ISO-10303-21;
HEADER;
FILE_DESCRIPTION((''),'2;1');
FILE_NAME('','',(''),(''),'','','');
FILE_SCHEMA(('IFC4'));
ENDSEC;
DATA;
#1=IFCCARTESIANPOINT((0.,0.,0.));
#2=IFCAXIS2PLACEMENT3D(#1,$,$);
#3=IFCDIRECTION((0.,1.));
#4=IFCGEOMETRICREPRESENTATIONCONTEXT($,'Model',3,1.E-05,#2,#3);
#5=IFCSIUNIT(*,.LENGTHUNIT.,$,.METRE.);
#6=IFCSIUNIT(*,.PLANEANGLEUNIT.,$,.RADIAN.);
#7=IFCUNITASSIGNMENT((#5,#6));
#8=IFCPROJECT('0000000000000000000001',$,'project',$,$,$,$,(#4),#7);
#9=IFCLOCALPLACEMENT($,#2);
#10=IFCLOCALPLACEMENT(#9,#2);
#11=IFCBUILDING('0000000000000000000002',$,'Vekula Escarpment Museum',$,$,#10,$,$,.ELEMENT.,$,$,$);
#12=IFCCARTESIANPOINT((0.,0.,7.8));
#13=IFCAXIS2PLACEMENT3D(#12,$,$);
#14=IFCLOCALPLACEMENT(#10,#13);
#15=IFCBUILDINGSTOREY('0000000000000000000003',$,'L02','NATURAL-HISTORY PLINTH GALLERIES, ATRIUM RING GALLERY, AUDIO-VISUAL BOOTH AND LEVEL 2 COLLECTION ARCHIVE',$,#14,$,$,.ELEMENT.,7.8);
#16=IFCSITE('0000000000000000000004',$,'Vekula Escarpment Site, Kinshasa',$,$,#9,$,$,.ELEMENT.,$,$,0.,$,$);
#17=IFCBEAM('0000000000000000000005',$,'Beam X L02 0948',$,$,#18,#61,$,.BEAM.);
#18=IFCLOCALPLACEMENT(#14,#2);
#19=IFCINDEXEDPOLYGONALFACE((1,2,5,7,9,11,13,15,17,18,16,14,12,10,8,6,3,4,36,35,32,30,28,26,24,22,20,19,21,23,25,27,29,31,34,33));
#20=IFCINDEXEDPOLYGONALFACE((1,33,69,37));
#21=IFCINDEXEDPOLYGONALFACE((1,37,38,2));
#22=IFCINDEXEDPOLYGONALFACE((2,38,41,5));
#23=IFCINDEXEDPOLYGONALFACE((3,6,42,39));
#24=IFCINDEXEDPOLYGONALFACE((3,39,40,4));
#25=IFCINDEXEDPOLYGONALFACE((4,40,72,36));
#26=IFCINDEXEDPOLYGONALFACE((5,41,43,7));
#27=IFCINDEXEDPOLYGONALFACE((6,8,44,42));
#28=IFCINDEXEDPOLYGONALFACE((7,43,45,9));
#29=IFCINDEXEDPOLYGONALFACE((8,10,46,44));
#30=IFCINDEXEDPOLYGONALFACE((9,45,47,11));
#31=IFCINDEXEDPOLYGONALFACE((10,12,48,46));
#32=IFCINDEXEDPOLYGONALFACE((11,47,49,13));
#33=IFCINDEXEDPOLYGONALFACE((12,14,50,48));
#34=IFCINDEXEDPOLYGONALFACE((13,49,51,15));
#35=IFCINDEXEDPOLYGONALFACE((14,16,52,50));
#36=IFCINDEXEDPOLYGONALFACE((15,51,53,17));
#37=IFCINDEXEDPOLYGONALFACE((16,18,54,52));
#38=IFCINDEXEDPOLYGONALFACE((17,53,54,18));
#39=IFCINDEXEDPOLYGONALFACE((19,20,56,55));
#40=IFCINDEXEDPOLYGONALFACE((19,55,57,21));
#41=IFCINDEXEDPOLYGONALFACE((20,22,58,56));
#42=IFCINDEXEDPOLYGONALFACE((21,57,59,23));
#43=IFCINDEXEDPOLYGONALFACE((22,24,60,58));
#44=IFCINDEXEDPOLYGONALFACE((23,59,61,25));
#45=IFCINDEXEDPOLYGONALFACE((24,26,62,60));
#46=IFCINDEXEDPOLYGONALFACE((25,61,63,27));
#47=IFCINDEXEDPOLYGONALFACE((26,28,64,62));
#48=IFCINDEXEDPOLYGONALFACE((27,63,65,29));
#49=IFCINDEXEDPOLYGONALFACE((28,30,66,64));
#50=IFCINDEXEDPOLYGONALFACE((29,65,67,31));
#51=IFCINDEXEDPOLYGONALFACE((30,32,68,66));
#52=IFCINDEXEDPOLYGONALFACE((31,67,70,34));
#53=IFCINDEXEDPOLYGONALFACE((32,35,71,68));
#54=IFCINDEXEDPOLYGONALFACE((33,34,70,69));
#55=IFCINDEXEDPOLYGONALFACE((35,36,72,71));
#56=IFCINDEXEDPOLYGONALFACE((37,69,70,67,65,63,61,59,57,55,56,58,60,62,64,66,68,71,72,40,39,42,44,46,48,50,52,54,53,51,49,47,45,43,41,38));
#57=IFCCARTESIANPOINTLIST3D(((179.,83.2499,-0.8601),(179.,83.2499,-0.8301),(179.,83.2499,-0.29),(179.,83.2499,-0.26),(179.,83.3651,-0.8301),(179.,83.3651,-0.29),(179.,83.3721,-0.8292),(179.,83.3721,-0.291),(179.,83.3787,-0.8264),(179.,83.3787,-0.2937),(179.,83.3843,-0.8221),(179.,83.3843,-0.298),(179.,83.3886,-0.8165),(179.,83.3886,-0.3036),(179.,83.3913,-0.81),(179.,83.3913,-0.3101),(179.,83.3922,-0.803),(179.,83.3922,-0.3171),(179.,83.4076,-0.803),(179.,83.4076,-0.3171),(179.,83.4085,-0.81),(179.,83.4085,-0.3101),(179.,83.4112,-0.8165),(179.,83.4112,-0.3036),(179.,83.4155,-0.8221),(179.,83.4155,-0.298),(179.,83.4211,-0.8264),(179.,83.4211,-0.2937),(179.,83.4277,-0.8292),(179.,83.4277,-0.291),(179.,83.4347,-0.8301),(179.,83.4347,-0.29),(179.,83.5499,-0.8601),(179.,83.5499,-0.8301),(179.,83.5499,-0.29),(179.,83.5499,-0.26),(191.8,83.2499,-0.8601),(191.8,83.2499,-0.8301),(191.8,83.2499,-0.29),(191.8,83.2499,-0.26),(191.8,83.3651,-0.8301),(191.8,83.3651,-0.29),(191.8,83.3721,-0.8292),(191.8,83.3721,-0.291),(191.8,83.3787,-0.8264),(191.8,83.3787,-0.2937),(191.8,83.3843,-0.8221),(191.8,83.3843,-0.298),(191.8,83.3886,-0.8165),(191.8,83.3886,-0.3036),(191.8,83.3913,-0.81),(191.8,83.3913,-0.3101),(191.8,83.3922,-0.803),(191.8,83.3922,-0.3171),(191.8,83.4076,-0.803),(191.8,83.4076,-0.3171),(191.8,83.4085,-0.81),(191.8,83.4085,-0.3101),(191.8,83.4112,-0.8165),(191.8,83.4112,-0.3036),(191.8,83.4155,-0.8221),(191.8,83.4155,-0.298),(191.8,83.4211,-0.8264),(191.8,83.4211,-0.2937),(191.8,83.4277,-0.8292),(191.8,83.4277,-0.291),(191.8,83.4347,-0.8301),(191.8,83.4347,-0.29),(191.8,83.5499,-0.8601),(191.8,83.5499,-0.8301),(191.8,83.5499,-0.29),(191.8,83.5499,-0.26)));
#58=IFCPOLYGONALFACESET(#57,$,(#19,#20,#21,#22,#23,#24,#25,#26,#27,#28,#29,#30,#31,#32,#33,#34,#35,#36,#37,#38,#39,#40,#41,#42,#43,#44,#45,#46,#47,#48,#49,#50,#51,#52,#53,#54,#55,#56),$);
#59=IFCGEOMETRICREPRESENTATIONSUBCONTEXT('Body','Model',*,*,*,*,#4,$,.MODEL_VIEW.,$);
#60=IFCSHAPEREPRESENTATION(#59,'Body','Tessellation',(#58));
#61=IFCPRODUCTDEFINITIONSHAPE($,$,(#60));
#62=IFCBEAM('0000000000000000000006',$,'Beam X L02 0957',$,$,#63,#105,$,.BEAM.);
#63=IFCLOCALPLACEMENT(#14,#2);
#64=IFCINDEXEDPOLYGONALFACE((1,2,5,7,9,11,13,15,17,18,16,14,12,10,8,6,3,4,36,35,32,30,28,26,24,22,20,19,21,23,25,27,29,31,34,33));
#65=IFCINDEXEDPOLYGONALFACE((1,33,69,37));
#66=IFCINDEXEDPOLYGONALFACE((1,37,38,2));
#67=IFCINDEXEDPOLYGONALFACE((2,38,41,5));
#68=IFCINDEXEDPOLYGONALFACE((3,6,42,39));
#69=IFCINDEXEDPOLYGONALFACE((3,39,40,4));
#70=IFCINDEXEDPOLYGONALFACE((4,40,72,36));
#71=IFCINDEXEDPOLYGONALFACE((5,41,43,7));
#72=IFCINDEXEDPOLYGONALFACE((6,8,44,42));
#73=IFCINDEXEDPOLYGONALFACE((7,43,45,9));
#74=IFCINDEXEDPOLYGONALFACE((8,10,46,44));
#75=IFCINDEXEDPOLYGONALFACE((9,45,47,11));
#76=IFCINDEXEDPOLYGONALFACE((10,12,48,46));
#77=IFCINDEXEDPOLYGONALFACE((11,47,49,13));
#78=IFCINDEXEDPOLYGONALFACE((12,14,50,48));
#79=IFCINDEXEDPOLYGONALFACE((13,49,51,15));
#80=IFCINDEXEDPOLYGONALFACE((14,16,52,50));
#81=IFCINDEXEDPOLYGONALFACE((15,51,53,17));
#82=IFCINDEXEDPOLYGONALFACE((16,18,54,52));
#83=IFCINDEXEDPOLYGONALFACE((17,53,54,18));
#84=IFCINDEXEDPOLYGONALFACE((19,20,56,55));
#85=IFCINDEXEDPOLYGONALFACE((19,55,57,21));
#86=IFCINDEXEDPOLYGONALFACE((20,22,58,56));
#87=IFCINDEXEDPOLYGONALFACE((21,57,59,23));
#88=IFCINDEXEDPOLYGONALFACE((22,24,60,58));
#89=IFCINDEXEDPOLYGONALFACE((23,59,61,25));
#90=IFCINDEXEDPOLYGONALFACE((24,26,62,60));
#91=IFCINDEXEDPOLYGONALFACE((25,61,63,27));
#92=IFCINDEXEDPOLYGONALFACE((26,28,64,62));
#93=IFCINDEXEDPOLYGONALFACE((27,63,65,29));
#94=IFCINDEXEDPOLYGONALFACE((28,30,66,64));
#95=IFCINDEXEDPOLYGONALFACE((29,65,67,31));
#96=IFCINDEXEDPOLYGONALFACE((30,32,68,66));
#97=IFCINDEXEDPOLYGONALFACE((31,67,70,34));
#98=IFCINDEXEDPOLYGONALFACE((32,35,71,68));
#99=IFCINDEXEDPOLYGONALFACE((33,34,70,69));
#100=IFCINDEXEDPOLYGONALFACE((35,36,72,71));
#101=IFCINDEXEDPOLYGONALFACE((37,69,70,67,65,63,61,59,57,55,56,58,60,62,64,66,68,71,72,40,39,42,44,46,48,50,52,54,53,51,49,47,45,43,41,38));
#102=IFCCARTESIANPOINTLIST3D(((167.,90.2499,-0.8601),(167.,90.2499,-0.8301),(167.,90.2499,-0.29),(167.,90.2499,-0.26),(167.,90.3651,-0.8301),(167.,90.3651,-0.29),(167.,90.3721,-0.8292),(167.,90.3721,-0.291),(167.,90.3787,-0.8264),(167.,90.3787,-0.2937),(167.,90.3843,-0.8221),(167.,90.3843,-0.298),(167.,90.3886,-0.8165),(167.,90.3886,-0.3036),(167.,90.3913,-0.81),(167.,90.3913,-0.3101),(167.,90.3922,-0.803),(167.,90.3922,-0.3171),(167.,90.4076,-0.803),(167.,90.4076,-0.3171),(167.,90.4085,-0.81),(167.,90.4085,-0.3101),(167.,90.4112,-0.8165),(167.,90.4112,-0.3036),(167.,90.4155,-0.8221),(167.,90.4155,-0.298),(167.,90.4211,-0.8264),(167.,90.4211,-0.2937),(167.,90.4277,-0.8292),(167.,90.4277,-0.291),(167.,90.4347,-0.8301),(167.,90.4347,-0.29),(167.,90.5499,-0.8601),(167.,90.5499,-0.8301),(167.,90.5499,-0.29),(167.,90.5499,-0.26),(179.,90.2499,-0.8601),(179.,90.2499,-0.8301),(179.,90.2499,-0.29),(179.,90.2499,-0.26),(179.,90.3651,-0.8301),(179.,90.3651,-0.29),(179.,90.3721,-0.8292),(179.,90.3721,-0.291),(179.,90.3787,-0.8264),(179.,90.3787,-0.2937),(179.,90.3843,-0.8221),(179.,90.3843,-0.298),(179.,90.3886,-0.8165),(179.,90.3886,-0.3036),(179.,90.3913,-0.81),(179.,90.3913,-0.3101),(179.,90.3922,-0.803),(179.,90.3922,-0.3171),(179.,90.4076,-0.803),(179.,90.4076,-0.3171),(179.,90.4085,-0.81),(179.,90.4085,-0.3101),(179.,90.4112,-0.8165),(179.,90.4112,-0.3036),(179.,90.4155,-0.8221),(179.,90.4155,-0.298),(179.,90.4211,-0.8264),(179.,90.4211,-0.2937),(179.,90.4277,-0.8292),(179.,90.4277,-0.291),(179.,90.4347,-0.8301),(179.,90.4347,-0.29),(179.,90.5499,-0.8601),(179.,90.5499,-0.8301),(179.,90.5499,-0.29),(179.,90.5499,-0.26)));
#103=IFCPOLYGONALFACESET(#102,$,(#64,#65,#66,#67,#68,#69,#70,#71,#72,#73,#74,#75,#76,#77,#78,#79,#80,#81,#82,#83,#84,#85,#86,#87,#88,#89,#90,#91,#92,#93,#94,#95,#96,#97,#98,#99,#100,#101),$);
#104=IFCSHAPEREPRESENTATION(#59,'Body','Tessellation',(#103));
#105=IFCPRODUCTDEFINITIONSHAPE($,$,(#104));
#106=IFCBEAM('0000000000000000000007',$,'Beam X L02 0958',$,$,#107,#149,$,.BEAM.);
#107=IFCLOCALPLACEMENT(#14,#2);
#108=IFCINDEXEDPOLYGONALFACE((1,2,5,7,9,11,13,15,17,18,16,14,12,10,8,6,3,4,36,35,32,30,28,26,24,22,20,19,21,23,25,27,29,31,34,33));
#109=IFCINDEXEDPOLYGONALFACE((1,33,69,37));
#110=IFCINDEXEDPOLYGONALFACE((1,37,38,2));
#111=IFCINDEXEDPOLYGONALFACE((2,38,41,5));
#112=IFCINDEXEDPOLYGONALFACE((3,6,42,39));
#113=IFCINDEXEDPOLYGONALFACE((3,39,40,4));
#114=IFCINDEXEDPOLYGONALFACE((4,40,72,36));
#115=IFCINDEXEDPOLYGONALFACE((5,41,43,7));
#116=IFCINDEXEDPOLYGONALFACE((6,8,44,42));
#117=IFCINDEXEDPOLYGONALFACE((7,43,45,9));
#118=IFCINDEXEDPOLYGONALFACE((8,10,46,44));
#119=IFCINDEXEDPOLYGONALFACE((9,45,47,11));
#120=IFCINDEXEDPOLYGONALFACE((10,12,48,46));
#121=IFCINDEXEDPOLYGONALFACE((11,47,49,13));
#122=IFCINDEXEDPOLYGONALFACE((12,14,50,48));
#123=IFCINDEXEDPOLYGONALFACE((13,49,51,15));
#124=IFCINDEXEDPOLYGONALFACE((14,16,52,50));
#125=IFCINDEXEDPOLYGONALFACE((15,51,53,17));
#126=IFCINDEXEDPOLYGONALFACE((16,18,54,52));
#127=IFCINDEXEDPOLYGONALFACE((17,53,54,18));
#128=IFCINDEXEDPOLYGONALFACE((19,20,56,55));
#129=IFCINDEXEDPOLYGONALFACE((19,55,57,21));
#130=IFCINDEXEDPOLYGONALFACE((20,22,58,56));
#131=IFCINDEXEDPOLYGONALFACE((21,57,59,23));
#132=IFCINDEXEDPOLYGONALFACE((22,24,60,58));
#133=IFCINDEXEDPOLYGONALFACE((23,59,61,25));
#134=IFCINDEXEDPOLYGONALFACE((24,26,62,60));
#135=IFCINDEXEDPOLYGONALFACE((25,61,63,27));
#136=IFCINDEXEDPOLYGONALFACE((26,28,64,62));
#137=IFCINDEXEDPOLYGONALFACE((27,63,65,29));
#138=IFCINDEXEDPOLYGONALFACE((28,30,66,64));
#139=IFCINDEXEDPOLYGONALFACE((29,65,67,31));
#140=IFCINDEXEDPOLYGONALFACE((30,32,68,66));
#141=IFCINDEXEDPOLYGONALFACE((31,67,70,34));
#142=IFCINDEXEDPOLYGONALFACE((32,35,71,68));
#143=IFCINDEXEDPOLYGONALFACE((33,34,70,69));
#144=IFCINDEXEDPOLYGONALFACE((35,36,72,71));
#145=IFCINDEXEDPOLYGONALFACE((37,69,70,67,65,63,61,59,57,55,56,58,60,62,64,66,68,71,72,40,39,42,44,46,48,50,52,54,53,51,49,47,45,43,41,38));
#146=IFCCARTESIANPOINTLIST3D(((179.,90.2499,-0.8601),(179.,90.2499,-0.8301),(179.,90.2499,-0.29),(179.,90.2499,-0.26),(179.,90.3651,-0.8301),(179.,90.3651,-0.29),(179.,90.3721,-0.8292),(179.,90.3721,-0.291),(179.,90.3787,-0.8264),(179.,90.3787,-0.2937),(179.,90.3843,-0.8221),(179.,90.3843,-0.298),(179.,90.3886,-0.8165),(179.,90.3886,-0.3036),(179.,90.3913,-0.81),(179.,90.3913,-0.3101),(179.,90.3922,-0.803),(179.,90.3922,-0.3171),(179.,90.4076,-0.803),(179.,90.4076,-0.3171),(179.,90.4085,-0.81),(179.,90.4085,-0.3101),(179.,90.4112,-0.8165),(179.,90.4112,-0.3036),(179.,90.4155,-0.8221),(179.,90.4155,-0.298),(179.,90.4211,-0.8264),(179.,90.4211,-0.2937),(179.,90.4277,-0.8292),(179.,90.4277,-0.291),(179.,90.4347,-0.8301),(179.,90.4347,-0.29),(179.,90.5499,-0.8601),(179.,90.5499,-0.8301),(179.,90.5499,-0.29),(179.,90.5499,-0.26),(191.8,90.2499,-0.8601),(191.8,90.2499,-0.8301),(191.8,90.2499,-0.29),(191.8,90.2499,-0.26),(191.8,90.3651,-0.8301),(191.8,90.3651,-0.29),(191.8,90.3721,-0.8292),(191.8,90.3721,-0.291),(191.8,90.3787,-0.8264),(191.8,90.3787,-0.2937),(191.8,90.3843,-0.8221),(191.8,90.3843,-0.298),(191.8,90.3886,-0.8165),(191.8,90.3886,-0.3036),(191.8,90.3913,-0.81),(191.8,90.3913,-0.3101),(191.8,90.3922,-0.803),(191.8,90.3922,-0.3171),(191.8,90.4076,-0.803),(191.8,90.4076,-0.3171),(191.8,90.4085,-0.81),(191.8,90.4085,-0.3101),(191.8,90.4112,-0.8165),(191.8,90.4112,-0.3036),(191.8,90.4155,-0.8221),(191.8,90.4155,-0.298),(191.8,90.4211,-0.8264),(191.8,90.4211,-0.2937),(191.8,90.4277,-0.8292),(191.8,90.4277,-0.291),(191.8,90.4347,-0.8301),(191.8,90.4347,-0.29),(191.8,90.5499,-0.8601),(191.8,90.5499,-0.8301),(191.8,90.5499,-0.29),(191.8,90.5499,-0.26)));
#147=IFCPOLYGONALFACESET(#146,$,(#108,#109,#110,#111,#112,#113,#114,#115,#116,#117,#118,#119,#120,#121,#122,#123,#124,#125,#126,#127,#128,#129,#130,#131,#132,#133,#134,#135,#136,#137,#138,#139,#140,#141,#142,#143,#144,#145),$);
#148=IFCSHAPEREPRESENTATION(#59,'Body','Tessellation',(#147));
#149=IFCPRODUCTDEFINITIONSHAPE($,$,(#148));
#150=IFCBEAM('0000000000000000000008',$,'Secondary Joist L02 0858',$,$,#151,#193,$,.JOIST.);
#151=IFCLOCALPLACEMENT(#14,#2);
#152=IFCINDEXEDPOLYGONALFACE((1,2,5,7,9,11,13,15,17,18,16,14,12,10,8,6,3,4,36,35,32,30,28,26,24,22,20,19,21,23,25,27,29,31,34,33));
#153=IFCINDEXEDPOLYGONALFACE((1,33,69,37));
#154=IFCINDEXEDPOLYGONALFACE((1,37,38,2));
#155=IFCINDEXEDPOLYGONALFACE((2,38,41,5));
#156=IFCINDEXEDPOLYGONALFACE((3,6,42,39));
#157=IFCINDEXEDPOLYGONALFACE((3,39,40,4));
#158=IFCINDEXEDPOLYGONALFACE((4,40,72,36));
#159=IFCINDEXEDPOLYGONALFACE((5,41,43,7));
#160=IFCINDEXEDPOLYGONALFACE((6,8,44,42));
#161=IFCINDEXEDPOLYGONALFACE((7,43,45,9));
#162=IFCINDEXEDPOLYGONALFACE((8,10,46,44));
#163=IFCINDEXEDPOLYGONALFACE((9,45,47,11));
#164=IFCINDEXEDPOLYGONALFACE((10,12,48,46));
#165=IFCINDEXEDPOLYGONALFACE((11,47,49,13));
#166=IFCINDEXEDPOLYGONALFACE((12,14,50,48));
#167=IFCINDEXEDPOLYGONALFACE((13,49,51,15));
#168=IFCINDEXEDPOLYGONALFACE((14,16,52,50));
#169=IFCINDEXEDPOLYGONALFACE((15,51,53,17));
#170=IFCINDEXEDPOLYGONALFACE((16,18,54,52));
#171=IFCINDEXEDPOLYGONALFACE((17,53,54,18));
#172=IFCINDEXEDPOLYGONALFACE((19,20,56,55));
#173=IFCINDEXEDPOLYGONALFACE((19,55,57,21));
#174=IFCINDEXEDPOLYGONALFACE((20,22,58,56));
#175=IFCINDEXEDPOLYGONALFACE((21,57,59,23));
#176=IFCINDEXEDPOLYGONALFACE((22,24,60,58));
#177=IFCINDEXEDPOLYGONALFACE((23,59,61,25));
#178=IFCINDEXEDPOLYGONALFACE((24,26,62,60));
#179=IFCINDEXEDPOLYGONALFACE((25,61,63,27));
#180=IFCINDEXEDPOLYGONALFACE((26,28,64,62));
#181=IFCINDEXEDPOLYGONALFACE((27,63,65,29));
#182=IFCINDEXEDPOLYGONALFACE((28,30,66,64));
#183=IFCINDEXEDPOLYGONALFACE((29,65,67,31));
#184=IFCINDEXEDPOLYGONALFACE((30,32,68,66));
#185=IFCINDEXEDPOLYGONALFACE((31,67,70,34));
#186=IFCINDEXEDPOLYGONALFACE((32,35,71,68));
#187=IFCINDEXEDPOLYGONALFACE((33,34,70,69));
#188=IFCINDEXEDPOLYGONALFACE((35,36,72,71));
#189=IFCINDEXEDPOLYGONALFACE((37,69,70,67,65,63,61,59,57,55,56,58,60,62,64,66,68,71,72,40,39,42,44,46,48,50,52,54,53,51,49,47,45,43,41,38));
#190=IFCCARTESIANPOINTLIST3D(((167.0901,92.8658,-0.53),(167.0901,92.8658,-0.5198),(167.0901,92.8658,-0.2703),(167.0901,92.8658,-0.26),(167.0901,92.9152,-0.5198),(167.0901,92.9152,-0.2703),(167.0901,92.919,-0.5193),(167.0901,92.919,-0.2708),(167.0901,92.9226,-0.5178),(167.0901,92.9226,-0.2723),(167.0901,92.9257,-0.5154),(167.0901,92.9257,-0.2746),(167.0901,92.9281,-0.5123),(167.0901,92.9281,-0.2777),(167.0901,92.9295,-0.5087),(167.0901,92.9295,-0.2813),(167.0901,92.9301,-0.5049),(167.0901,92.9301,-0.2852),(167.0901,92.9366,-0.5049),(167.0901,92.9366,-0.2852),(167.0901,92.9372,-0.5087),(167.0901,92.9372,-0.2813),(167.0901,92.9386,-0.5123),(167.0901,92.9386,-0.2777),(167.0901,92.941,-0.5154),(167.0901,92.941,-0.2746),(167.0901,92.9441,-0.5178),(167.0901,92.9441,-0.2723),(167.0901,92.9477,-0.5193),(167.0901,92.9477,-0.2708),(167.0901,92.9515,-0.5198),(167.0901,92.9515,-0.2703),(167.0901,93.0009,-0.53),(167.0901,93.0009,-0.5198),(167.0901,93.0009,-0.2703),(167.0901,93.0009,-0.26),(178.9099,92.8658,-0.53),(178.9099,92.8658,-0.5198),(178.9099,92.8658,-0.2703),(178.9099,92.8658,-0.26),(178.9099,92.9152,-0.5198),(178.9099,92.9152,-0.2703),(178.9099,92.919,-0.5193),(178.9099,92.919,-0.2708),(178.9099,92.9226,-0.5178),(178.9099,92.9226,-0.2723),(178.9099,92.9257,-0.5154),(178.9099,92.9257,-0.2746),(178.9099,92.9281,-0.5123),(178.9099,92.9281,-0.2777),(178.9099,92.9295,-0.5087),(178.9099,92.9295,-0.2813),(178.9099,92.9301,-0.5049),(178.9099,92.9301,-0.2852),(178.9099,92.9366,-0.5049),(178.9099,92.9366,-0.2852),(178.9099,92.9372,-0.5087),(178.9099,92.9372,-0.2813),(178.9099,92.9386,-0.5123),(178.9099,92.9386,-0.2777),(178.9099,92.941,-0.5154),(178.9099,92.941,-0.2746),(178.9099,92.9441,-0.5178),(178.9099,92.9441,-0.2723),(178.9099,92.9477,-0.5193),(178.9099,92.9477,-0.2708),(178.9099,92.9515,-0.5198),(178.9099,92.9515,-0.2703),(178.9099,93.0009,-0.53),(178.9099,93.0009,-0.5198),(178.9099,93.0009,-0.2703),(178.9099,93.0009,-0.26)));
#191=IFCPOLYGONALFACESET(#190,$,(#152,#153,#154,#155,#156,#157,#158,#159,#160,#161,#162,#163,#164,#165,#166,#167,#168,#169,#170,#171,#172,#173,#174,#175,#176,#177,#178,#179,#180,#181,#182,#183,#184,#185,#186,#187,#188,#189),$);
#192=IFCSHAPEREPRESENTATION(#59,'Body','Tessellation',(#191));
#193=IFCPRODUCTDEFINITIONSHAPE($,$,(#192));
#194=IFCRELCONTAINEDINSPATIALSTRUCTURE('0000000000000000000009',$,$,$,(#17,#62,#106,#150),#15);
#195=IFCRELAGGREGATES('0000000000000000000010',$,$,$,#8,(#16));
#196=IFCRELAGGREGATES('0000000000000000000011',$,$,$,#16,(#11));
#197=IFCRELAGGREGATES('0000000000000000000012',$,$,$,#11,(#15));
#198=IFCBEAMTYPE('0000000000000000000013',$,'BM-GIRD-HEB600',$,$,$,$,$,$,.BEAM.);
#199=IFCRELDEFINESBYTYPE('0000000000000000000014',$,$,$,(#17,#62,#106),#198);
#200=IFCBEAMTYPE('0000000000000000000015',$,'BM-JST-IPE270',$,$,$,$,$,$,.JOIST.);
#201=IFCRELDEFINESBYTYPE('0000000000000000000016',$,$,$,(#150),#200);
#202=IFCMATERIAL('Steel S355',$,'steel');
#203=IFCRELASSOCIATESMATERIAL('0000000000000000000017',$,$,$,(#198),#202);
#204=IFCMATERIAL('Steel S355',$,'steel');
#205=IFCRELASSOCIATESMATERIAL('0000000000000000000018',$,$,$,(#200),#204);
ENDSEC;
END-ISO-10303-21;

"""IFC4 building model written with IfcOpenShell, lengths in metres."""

from ifc_helpers import new_model, si_unit, direction, frame, origin, origin_2d, place, context, subcontext, project, spatial, i_section, extrude, material, material_profile, profile_set, type_object, element, save


model = new_model("IFC4")

# Units and contexts
model_context = context("Model", 3, precision=1e-05, world=origin(), true_north=direction((0.0, 1.0)))
body_context = subcontext(model_context, "Body", "Model", "MODEL_VIEW")
ifc_project = project(units=[si_unit("LENGTHUNIT", "METRE"), si_unit("PLANEANGLEUNIT", "RADIAN")], contexts=[model_context])

# Site, building, storey
site_placement = place(None, origin())
site = spatial("IfcSite", under=ifc_project, at=site_placement, Name="Vekula Escarpment Site, Kinshasa", CompositionType="ELEMENT", RefElevation=0.0)
building_placement = place(site_placement, origin())
building = spatial("IfcBuilding", under=site, at=building_placement, Name="Vekula Escarpment Museum", CompositionType="ELEMENT")
storey_placement = place(building_placement, frame((0.0, 0.0, 7.8)))
storey = spatial("IfcBuildingStorey", under=building, at=storey_placement, Name="L02", Description="NATURAL-HISTORY PLINTH GALLERIES, ATRIUM RING GALLERY, AUDIO-VISUAL BOOTH AND LEVEL 2 COLLECTION ARCHIVE", CompositionType="ELEMENT", Elevation=7.8)

# Beams
ifc_material_1 = material(Name="Steel S355", Category="steel")
ifc_material_profile_1 = material_profile(ifc_material_1, i_section(OverallWidth=0.3, OverallDepth=0.6001, WebThickness=0.0154, FlangeThickness=0.03, FilletRadius=0.0271, at=origin_2d()), Name="HEB 600")
ifc_profile_set_1 = profile_set([ifc_material_profile_1], Name="Steel S355")
beam_type_1 = type_object("IfcBeamType", Name="BM-GIRD-HEB600", PredefinedType="BEAM", material=ifc_profile_set_1)
beam_1_placement = place(storey_placement, frame((179.0, 83.3999, -0.5601), z_axis=(1.0, 0.0, 0.0), x_axis=(0.0, 1.0, 0.0)))
element("IfcBeam", 1, at=beam_1_placement, inside=storey, type_object=beam_type_1, Name="Beam X L02 0948", PredefinedType="BEAM", context=body_context, shape_type="SweptSolid", body=[
    extrude(i_section(OverallWidth=0.3, OverallDepth=0.6001, WebThickness=0.0154, FlangeThickness=0.03, FilletRadius=0.0271, at=origin_2d()), origin(), (0.0, 0.0, 1.0), 12.8),
])
beam_2_placement = place(storey_placement, frame((167.0, 90.3999, -0.5601), z_axis=(1.0, 0.0, 0.0), x_axis=(0.0, 1.0, 0.0)))
element("IfcBeam", 2, at=beam_2_placement, inside=storey, type_object=beam_type_1, Name="Beam X L02 0957", PredefinedType="BEAM", context=body_context, shape_type="SweptSolid", body=[
    extrude(i_section(OverallWidth=0.3, OverallDepth=0.6001, WebThickness=0.0154, FlangeThickness=0.03, FilletRadius=0.0271, at=origin_2d()), origin(), (0.0, 0.0, 1.0), 12.0),
])
beam_3_placement = place(storey_placement, frame((179.0, 90.3999, -0.5601), z_axis=(1.0, 0.0, 0.0), x_axis=(0.0, 1.0, 0.0)))
element("IfcBeam", 3, at=beam_3_placement, inside=storey, type_object=beam_type_1, Name="Beam X L02 0958", PredefinedType="BEAM", context=body_context, shape_type="SweptSolid", body=[
    extrude(i_section(OverallWidth=0.3, OverallDepth=0.6001, WebThickness=0.0154, FlangeThickness=0.03, FilletRadius=0.0271, at=origin_2d()), origin(), (0.0, 0.0, 1.0), 12.8),
])
ifc_material_2 = material(Name="Steel S355", Category="steel")
ifc_material_profile_2 = material_profile(ifc_material_2, i_section(OverallWidth=0.135, OverallDepth=0.27, WebThickness=0.0066, FlangeThickness=0.0103, FilletRadius=0.0149, at=origin_2d()), Name="IPE 270")
ifc_profile_set_2 = profile_set([ifc_material_profile_2], Name="Steel S355")
beam_type_2 = type_object("IfcBeamType", Name="BM-JST-IPE270", PredefinedType="JOIST", material=ifc_profile_set_2)
beam_4_placement = place(storey_placement, frame((167.0901, 92.9333, -0.395), z_axis=(1.0, 0.0, 0.0), x_axis=(0.0, 1.0, 0.0)))
element("IfcBeam", 4, at=beam_4_placement, inside=storey, type_object=beam_type_2, Name="Secondary Joist L02 0858", PredefinedType="JOIST", context=body_context, shape_type="SweptSolid", body=[
    extrude(i_section(OverallWidth=0.135, OverallDepth=0.27, WebThickness=0.0066, FlangeThickness=0.0103, FilletRadius=0.0149, at=origin_2d()), origin(), (0.0, 0.0, 1.0), 11.8198),
])

save(model, "model.ifc")
